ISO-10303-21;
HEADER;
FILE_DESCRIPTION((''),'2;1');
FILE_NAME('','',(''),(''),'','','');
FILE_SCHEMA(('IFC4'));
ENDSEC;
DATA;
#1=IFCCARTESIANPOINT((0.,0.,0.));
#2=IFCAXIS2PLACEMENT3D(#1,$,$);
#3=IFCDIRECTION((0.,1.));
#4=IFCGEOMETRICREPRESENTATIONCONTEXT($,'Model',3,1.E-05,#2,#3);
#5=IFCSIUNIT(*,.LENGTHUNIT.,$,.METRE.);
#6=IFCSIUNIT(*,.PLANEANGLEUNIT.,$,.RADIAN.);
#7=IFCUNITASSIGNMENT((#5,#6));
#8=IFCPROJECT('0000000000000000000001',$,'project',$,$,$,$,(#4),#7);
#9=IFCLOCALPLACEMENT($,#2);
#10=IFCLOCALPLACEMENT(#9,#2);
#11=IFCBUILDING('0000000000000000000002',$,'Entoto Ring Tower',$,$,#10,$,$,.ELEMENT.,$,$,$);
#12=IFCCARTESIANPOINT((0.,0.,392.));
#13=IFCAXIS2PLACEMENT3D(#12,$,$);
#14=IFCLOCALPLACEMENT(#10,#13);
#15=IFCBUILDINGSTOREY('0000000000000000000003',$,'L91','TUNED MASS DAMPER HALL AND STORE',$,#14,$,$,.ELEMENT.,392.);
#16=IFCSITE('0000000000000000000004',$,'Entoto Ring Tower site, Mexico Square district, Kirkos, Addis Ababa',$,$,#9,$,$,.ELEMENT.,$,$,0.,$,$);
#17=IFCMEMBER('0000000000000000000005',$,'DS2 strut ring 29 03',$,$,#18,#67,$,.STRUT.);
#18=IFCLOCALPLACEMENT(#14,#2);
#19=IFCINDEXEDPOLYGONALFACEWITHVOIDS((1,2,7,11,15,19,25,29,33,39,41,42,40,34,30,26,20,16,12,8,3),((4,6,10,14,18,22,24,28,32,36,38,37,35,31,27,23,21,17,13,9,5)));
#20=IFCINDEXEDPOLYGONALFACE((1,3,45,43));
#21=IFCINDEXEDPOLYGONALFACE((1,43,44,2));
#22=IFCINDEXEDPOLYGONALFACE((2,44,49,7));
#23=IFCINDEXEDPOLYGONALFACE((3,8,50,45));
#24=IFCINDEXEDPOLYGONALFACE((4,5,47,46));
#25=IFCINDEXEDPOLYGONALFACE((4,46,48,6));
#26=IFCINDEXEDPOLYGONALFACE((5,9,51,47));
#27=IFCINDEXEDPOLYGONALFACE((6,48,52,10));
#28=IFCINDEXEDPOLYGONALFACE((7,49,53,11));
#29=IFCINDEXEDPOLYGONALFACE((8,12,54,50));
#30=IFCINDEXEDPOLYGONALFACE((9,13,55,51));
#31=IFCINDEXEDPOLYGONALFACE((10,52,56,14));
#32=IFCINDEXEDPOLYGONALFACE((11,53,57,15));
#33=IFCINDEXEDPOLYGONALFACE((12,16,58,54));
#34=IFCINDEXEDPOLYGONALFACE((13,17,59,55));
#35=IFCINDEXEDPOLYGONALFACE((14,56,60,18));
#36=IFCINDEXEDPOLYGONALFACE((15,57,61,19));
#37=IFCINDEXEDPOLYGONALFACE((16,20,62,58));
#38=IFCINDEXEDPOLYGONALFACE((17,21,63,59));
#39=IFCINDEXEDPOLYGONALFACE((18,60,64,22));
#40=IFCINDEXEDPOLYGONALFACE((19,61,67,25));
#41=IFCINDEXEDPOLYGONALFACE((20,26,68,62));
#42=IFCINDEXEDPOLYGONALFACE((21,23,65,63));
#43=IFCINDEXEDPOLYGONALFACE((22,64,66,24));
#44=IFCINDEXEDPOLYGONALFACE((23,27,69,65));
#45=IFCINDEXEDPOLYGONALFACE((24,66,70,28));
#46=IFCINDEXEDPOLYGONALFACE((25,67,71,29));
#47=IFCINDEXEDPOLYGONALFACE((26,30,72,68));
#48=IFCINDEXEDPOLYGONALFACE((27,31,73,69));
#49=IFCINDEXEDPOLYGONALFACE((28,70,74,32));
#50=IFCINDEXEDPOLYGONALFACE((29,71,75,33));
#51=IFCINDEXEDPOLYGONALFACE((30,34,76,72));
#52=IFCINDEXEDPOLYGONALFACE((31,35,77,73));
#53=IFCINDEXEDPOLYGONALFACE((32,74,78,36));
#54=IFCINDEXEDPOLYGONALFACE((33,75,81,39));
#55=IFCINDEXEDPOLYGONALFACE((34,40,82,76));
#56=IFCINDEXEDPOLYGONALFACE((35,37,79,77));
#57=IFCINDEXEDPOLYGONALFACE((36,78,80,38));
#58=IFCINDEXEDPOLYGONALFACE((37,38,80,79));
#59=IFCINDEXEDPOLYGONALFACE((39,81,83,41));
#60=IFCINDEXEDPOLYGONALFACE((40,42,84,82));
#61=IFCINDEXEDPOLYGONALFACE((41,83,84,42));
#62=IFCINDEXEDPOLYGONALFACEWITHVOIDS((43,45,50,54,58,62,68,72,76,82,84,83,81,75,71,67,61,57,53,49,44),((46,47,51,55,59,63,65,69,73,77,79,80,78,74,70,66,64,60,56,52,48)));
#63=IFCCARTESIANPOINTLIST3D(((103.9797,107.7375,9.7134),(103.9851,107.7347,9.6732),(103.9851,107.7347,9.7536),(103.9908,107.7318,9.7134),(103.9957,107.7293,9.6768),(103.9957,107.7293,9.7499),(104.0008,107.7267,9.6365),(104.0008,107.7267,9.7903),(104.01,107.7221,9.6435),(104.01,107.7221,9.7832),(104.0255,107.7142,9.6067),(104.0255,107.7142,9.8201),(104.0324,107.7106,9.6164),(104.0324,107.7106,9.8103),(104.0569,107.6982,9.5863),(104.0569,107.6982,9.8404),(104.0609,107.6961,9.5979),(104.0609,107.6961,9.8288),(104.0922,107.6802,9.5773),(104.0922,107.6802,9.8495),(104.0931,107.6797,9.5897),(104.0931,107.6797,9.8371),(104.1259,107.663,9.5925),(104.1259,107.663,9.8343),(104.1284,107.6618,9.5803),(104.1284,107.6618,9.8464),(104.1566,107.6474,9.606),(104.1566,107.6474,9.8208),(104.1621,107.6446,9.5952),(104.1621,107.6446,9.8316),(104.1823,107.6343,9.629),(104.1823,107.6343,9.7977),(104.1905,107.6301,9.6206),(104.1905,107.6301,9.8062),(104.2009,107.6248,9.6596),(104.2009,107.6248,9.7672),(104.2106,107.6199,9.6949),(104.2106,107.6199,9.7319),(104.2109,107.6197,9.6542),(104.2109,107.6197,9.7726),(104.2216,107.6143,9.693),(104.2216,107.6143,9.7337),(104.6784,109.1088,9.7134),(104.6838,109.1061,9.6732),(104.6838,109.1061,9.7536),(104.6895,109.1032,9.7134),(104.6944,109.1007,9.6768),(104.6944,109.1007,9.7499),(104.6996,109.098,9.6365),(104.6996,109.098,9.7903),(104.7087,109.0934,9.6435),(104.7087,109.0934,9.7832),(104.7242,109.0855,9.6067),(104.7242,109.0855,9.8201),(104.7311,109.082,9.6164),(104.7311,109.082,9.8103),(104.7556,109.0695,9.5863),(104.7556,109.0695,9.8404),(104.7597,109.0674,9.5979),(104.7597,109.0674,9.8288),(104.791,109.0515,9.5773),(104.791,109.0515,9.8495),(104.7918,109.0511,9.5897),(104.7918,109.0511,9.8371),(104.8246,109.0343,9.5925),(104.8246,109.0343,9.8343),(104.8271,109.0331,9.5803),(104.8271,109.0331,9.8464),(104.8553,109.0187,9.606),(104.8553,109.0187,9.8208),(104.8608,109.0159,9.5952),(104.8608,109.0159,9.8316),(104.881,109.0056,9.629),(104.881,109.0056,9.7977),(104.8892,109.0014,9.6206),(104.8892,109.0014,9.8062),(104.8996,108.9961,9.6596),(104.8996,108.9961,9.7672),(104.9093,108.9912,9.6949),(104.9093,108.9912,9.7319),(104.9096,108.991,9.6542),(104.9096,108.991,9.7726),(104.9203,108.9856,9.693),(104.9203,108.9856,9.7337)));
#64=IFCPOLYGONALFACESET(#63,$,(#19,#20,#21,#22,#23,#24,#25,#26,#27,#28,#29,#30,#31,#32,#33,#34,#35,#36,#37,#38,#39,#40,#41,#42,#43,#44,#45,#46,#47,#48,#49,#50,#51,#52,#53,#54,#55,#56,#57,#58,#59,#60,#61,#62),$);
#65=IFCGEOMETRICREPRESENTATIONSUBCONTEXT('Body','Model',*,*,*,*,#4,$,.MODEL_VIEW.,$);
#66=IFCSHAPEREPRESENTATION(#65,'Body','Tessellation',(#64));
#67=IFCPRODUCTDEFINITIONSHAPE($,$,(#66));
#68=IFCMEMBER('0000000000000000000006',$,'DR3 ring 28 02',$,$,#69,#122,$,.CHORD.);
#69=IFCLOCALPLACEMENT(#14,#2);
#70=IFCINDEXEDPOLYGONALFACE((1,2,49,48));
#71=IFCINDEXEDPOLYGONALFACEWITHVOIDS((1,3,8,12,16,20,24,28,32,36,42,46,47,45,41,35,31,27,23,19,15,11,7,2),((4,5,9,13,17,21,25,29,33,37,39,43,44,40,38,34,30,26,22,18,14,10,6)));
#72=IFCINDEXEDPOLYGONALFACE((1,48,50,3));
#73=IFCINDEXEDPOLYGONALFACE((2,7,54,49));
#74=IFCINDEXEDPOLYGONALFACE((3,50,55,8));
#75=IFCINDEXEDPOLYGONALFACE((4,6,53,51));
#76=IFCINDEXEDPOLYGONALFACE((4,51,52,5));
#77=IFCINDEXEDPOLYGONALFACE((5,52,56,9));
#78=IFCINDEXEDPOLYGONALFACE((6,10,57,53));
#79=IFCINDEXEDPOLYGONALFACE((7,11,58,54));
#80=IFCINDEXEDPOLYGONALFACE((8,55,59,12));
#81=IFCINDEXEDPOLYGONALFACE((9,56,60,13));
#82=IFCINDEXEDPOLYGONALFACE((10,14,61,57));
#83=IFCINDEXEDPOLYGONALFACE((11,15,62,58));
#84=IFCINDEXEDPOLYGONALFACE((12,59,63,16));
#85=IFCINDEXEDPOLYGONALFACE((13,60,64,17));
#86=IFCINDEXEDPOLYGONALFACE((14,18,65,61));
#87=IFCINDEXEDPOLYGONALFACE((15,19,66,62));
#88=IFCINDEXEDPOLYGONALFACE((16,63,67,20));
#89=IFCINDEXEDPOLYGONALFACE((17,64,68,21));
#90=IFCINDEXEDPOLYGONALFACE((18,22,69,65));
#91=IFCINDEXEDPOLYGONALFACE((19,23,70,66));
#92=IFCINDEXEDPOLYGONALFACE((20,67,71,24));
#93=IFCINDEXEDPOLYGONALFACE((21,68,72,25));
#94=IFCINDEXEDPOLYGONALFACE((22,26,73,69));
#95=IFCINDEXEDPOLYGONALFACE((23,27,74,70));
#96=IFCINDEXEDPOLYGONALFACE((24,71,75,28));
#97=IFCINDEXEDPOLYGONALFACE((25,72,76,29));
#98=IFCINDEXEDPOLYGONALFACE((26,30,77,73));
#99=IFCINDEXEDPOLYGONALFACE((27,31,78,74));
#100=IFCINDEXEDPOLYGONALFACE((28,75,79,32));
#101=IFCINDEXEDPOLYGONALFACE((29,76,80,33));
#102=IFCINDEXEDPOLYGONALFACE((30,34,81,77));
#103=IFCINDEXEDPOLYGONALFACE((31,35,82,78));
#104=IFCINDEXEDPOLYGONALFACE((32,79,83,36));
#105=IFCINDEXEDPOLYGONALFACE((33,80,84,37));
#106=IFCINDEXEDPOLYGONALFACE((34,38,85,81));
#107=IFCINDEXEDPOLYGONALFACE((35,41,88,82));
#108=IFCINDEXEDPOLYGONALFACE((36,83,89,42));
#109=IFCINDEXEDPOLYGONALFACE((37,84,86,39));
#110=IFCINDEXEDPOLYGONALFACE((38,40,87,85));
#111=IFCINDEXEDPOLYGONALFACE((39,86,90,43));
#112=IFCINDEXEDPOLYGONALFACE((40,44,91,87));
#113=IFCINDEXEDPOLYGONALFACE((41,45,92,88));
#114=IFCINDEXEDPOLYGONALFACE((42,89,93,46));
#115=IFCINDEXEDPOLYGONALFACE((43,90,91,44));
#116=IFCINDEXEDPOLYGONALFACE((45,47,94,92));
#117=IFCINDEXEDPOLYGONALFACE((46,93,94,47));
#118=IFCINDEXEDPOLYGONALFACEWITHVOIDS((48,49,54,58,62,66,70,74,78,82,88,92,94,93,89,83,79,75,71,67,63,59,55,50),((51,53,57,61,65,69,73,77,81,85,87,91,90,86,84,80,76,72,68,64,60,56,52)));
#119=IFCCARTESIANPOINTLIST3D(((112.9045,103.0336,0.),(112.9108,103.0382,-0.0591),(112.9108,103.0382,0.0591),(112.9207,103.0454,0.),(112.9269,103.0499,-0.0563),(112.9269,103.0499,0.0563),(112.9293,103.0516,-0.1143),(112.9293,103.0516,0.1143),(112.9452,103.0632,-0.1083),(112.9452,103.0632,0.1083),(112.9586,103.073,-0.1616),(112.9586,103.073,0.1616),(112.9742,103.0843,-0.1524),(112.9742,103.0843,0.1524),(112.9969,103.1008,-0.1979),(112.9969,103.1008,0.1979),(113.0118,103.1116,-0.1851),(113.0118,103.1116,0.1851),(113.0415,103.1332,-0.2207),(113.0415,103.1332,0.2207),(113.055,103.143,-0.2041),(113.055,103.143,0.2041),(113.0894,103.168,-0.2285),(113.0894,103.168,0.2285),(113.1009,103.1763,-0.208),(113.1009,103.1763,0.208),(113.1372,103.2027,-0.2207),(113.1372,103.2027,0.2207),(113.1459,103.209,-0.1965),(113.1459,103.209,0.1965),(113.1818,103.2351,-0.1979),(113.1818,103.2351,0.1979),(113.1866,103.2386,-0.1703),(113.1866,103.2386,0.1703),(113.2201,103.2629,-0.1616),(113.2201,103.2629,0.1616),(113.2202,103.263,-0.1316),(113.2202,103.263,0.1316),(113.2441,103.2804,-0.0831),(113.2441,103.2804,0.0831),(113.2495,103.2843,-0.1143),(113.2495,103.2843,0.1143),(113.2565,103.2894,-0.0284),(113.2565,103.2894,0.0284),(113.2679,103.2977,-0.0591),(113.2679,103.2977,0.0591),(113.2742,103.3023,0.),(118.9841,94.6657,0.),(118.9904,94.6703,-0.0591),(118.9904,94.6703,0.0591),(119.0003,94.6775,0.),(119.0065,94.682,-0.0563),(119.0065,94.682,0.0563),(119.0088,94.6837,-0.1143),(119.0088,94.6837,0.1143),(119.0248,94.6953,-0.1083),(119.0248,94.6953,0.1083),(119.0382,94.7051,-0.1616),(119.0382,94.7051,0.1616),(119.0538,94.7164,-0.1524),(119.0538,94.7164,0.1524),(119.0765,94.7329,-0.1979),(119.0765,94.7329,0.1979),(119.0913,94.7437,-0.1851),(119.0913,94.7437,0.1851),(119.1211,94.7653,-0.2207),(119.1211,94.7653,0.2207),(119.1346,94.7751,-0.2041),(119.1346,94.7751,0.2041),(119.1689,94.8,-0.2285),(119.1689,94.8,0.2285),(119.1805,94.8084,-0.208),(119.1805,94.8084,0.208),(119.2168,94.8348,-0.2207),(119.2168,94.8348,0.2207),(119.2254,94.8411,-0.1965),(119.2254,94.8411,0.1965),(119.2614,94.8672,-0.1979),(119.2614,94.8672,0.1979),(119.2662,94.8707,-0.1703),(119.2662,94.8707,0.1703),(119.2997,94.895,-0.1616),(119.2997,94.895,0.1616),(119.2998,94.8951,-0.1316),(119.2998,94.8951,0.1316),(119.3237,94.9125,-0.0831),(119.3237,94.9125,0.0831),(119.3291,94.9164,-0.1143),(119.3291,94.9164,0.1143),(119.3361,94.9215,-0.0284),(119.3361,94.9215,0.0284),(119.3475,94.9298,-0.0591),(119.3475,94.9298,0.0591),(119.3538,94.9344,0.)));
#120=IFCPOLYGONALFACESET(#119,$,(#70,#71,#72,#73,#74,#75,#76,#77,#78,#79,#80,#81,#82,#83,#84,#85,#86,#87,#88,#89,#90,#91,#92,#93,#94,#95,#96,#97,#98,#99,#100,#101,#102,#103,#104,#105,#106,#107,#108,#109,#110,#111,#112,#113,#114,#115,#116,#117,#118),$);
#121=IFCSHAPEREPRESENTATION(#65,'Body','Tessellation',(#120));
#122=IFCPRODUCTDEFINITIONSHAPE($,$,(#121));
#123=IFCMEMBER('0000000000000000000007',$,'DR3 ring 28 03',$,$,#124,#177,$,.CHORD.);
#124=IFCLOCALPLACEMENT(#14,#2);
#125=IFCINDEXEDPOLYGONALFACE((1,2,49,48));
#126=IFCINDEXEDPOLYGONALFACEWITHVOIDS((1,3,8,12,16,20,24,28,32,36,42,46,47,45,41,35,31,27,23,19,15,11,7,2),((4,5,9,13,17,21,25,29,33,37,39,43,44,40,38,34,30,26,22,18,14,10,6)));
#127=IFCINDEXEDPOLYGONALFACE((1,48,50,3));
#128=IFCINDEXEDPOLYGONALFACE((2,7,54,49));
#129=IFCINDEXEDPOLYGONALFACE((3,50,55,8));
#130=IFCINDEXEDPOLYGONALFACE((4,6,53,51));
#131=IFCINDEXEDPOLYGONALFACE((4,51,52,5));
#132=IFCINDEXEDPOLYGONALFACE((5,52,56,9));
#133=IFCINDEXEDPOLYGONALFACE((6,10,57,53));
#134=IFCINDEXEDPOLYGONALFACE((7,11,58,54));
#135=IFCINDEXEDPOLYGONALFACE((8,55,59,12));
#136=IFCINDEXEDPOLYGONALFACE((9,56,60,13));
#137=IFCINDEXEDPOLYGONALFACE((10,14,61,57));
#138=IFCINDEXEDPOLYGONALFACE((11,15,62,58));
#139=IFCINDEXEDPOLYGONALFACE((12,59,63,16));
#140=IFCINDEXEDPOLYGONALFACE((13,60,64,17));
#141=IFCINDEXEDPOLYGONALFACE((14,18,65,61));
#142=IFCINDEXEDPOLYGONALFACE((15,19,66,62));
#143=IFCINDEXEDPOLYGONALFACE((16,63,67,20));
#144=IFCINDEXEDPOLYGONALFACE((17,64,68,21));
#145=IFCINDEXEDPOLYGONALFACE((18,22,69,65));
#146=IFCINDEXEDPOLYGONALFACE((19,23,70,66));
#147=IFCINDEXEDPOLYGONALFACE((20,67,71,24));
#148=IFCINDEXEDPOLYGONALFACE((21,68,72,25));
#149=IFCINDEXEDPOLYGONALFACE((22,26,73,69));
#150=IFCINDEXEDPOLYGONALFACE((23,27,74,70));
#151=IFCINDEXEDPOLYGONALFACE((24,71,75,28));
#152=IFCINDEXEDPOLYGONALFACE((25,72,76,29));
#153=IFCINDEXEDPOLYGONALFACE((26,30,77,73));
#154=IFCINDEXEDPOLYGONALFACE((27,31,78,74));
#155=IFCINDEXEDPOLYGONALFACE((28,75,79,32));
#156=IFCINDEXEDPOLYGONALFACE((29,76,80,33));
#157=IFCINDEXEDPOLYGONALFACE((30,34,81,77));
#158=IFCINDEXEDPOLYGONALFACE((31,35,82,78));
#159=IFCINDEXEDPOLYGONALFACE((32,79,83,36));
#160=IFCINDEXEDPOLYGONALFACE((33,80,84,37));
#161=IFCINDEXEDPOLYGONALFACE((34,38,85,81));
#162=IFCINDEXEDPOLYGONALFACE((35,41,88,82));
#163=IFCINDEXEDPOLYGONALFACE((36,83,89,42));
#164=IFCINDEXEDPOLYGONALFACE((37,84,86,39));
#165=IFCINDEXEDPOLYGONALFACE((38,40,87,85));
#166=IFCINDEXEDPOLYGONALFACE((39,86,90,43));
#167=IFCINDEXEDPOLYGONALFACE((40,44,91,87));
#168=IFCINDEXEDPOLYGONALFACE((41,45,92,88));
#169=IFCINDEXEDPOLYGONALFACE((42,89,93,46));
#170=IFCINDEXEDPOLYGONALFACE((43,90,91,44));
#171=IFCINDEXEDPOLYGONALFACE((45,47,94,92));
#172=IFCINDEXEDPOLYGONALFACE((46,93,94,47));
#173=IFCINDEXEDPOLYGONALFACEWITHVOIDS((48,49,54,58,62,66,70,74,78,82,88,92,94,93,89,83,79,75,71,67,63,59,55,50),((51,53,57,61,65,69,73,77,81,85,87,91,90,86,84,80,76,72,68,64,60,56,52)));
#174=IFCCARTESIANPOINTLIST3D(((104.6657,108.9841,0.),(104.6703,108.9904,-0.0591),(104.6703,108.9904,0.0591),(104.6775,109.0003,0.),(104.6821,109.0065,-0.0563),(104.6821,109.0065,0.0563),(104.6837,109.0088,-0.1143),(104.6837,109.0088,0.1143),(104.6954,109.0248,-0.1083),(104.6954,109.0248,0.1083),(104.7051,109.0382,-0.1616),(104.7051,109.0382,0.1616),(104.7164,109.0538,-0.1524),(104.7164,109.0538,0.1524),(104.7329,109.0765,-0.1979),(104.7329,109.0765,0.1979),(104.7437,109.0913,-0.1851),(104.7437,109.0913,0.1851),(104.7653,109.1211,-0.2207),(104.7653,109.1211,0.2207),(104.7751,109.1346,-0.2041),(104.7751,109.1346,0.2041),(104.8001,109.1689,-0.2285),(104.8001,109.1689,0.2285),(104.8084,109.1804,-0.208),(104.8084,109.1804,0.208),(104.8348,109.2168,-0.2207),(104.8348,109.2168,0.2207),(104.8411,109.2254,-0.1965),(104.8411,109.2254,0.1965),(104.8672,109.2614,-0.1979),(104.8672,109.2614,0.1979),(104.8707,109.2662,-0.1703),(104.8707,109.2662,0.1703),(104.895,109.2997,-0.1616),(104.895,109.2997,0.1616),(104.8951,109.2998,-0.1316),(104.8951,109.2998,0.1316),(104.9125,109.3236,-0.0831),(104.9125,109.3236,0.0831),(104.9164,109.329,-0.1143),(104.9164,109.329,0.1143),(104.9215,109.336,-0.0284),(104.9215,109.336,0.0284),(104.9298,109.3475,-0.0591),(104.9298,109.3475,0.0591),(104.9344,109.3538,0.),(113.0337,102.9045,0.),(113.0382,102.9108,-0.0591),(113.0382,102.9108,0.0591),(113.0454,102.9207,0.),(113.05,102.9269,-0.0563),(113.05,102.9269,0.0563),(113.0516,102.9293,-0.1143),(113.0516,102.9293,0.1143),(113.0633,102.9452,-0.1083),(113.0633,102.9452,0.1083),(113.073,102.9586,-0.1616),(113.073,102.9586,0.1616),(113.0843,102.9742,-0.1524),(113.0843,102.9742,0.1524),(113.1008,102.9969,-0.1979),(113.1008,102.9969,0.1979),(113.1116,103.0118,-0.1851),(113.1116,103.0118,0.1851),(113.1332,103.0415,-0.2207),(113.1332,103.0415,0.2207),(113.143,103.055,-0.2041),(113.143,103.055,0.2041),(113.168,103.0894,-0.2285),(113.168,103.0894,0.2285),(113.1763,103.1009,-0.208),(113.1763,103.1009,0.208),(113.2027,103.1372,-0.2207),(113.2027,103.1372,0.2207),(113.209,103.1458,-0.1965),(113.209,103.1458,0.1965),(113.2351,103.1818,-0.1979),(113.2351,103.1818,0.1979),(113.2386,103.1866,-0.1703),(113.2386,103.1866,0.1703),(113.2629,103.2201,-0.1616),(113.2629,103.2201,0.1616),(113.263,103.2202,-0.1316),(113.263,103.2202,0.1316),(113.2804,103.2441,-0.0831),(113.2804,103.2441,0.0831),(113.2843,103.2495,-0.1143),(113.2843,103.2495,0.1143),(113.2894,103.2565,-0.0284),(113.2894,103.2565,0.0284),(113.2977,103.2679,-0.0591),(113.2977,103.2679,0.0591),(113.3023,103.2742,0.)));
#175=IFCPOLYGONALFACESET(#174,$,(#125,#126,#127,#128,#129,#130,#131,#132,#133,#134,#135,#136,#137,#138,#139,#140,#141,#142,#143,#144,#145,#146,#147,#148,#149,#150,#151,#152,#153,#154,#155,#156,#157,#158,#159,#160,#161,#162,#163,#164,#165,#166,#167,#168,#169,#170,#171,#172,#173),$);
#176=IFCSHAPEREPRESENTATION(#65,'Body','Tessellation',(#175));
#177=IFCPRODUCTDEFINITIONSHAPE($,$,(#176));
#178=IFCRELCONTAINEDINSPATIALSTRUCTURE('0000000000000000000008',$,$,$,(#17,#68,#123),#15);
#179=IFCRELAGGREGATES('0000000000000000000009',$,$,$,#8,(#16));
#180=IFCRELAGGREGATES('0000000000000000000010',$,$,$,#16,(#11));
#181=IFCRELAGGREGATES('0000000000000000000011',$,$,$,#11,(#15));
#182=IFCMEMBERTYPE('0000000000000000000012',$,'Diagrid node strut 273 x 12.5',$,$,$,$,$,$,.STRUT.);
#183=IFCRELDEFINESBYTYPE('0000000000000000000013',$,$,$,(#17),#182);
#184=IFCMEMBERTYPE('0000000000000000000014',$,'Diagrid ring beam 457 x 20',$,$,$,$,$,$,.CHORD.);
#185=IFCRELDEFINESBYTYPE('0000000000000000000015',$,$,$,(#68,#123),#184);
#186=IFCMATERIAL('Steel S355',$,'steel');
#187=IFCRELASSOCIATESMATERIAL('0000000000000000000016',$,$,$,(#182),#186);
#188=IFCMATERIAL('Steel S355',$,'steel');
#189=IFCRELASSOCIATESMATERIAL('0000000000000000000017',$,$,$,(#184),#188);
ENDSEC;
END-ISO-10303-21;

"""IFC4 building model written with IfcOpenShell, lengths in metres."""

from ifc_helpers import new_model, si_unit, direction, frame, origin, origin_2d, place, context, subcontext, project, spatial, circle, hollow_circle, extrude, material, material_profile, profile_set, type_object, element, save


model = new_model("IFC4")

# Units and contexts
model_context = context("Model", 3, precision=1e-05, world=origin(), true_north=direction((0.0, 1.0)))
body_context = subcontext(model_context, "Body", "Model", "MODEL_VIEW")
ifc_project = project(units=[si_unit("LENGTHUNIT", "METRE"), si_unit("PLANEANGLEUNIT", "RADIAN")], contexts=[model_context])

# Site, building, storey
site_placement = place(None, origin())
site = spatial("IfcSite", under=ifc_project, at=site_placement, Name="Entoto Ring Tower site, Mexico Square district, Kirkos, Addis Ababa", CompositionType="ELEMENT", RefElevation=0.0)
building_placement = place(site_placement, origin())
building = spatial("IfcBuilding", under=site, at=building_placement, Name="Entoto Ring Tower", CompositionType="ELEMENT")
storey_placement = place(building_placement, frame((0.0, 0.0, 392.0)))
storey = spatial("IfcBuildingStorey", under=building, at=storey_placement, Name="L91", Description="TUNED MASS DAMPER HALL AND STORE", CompositionType="ELEMENT", Elevation=392.0)

# Members
ifc_material_1 = material(Name="Steel S355", Category="steel")
ifc_material_profile_1 = material_profile(ifc_material_1, hollow_circle(Radius=0.1365, WallThickness=0.0125, at=origin_2d()), Name="CHS 273 x 12.5")
ifc_material_2 = material(Name="Concrete C60/75", Category="concrete")
ifc_material_profile_2 = material_profile(ifc_material_2, circle(Radius=0.124, at=origin_2d()), Name="Concrete C60/75 infill")
ifc_profile_set_1 = profile_set([ifc_material_profile_1, ifc_material_profile_2], Name="Steel S355")
member_type_1 = type_object("IfcMemberType", Name="Diagrid node strut 273 x 12.5", PredefinedType="STRUT", material=ifc_profile_set_1)
member_1_placement = place(storey_placement, frame((104.1013, 107.6755, 9.7134), z_axis=(0.45399, 0.891007, 0.0), x_axis=(-0.891007, 0.45399, 0.0)))
element("IfcMember", 1, at=member_1_placement, inside=storey, type_object=member_type_1, Name="DS2 strut ring 29 03", PredefinedType="STRUT", context=body_context, shape_type="SweptSolid", body=[
    extrude(hollow_circle(Radius=0.1365, WallThickness=0.0125, at=origin_2d()), origin(), (0.0, 0.0, 1.0), 1.5391),
])
ifc_material_3 = material(Name="Steel S355", Category="steel")
ifc_material_profile_3 = material_profile(ifc_material_3, hollow_circle(Radius=0.2285, WallThickness=0.02, at=origin_2d()), Name="CHS 457 x 20")
ifc_material_4 = material(Name="Concrete C60/75", Category="concrete")
ifc_material_profile_4 = material_profile(ifc_material_4, circle(Radius=0.2085, at=origin_2d()), Name="Concrete C60/75 infill")
ifc_profile_set_2 = profile_set([ifc_material_profile_3, ifc_material_profile_4], Name="Steel S355")
member_type_2 = type_object("IfcMemberType", Name="Diagrid ring beam 457 x 20", PredefinedType="CHORD", material=ifc_profile_set_2)
for number, where, z_axis, x_axis, name in (
    (2, (119.1689, 94.8, 0.0), (-0.587781, 0.80902, 0.0), (-0.80902, -0.587781, 0.0), "DR3 ring 28 02"),
    (3, (113.168, 103.0894, 0.0), (-0.80902, 0.587781, 0.0), (-0.587781, -0.80902, 0.0), "DR3 ring 28 03"),
):
    element("IfcMember", number, at=place(storey_placement, frame(where, z_axis=z_axis, x_axis=x_axis)), inside=storey, type_object=member_type_2, Name=name, PredefinedType="CHORD", context=body_context, shape_type="SweptSolid", body=[
        extrude(hollow_circle(Radius=0.2285, WallThickness=0.02, at=origin_2d()), origin(), (0.0, 0.0, 1.0), 10.3433),
    ])

save(model, "model.ifc")
